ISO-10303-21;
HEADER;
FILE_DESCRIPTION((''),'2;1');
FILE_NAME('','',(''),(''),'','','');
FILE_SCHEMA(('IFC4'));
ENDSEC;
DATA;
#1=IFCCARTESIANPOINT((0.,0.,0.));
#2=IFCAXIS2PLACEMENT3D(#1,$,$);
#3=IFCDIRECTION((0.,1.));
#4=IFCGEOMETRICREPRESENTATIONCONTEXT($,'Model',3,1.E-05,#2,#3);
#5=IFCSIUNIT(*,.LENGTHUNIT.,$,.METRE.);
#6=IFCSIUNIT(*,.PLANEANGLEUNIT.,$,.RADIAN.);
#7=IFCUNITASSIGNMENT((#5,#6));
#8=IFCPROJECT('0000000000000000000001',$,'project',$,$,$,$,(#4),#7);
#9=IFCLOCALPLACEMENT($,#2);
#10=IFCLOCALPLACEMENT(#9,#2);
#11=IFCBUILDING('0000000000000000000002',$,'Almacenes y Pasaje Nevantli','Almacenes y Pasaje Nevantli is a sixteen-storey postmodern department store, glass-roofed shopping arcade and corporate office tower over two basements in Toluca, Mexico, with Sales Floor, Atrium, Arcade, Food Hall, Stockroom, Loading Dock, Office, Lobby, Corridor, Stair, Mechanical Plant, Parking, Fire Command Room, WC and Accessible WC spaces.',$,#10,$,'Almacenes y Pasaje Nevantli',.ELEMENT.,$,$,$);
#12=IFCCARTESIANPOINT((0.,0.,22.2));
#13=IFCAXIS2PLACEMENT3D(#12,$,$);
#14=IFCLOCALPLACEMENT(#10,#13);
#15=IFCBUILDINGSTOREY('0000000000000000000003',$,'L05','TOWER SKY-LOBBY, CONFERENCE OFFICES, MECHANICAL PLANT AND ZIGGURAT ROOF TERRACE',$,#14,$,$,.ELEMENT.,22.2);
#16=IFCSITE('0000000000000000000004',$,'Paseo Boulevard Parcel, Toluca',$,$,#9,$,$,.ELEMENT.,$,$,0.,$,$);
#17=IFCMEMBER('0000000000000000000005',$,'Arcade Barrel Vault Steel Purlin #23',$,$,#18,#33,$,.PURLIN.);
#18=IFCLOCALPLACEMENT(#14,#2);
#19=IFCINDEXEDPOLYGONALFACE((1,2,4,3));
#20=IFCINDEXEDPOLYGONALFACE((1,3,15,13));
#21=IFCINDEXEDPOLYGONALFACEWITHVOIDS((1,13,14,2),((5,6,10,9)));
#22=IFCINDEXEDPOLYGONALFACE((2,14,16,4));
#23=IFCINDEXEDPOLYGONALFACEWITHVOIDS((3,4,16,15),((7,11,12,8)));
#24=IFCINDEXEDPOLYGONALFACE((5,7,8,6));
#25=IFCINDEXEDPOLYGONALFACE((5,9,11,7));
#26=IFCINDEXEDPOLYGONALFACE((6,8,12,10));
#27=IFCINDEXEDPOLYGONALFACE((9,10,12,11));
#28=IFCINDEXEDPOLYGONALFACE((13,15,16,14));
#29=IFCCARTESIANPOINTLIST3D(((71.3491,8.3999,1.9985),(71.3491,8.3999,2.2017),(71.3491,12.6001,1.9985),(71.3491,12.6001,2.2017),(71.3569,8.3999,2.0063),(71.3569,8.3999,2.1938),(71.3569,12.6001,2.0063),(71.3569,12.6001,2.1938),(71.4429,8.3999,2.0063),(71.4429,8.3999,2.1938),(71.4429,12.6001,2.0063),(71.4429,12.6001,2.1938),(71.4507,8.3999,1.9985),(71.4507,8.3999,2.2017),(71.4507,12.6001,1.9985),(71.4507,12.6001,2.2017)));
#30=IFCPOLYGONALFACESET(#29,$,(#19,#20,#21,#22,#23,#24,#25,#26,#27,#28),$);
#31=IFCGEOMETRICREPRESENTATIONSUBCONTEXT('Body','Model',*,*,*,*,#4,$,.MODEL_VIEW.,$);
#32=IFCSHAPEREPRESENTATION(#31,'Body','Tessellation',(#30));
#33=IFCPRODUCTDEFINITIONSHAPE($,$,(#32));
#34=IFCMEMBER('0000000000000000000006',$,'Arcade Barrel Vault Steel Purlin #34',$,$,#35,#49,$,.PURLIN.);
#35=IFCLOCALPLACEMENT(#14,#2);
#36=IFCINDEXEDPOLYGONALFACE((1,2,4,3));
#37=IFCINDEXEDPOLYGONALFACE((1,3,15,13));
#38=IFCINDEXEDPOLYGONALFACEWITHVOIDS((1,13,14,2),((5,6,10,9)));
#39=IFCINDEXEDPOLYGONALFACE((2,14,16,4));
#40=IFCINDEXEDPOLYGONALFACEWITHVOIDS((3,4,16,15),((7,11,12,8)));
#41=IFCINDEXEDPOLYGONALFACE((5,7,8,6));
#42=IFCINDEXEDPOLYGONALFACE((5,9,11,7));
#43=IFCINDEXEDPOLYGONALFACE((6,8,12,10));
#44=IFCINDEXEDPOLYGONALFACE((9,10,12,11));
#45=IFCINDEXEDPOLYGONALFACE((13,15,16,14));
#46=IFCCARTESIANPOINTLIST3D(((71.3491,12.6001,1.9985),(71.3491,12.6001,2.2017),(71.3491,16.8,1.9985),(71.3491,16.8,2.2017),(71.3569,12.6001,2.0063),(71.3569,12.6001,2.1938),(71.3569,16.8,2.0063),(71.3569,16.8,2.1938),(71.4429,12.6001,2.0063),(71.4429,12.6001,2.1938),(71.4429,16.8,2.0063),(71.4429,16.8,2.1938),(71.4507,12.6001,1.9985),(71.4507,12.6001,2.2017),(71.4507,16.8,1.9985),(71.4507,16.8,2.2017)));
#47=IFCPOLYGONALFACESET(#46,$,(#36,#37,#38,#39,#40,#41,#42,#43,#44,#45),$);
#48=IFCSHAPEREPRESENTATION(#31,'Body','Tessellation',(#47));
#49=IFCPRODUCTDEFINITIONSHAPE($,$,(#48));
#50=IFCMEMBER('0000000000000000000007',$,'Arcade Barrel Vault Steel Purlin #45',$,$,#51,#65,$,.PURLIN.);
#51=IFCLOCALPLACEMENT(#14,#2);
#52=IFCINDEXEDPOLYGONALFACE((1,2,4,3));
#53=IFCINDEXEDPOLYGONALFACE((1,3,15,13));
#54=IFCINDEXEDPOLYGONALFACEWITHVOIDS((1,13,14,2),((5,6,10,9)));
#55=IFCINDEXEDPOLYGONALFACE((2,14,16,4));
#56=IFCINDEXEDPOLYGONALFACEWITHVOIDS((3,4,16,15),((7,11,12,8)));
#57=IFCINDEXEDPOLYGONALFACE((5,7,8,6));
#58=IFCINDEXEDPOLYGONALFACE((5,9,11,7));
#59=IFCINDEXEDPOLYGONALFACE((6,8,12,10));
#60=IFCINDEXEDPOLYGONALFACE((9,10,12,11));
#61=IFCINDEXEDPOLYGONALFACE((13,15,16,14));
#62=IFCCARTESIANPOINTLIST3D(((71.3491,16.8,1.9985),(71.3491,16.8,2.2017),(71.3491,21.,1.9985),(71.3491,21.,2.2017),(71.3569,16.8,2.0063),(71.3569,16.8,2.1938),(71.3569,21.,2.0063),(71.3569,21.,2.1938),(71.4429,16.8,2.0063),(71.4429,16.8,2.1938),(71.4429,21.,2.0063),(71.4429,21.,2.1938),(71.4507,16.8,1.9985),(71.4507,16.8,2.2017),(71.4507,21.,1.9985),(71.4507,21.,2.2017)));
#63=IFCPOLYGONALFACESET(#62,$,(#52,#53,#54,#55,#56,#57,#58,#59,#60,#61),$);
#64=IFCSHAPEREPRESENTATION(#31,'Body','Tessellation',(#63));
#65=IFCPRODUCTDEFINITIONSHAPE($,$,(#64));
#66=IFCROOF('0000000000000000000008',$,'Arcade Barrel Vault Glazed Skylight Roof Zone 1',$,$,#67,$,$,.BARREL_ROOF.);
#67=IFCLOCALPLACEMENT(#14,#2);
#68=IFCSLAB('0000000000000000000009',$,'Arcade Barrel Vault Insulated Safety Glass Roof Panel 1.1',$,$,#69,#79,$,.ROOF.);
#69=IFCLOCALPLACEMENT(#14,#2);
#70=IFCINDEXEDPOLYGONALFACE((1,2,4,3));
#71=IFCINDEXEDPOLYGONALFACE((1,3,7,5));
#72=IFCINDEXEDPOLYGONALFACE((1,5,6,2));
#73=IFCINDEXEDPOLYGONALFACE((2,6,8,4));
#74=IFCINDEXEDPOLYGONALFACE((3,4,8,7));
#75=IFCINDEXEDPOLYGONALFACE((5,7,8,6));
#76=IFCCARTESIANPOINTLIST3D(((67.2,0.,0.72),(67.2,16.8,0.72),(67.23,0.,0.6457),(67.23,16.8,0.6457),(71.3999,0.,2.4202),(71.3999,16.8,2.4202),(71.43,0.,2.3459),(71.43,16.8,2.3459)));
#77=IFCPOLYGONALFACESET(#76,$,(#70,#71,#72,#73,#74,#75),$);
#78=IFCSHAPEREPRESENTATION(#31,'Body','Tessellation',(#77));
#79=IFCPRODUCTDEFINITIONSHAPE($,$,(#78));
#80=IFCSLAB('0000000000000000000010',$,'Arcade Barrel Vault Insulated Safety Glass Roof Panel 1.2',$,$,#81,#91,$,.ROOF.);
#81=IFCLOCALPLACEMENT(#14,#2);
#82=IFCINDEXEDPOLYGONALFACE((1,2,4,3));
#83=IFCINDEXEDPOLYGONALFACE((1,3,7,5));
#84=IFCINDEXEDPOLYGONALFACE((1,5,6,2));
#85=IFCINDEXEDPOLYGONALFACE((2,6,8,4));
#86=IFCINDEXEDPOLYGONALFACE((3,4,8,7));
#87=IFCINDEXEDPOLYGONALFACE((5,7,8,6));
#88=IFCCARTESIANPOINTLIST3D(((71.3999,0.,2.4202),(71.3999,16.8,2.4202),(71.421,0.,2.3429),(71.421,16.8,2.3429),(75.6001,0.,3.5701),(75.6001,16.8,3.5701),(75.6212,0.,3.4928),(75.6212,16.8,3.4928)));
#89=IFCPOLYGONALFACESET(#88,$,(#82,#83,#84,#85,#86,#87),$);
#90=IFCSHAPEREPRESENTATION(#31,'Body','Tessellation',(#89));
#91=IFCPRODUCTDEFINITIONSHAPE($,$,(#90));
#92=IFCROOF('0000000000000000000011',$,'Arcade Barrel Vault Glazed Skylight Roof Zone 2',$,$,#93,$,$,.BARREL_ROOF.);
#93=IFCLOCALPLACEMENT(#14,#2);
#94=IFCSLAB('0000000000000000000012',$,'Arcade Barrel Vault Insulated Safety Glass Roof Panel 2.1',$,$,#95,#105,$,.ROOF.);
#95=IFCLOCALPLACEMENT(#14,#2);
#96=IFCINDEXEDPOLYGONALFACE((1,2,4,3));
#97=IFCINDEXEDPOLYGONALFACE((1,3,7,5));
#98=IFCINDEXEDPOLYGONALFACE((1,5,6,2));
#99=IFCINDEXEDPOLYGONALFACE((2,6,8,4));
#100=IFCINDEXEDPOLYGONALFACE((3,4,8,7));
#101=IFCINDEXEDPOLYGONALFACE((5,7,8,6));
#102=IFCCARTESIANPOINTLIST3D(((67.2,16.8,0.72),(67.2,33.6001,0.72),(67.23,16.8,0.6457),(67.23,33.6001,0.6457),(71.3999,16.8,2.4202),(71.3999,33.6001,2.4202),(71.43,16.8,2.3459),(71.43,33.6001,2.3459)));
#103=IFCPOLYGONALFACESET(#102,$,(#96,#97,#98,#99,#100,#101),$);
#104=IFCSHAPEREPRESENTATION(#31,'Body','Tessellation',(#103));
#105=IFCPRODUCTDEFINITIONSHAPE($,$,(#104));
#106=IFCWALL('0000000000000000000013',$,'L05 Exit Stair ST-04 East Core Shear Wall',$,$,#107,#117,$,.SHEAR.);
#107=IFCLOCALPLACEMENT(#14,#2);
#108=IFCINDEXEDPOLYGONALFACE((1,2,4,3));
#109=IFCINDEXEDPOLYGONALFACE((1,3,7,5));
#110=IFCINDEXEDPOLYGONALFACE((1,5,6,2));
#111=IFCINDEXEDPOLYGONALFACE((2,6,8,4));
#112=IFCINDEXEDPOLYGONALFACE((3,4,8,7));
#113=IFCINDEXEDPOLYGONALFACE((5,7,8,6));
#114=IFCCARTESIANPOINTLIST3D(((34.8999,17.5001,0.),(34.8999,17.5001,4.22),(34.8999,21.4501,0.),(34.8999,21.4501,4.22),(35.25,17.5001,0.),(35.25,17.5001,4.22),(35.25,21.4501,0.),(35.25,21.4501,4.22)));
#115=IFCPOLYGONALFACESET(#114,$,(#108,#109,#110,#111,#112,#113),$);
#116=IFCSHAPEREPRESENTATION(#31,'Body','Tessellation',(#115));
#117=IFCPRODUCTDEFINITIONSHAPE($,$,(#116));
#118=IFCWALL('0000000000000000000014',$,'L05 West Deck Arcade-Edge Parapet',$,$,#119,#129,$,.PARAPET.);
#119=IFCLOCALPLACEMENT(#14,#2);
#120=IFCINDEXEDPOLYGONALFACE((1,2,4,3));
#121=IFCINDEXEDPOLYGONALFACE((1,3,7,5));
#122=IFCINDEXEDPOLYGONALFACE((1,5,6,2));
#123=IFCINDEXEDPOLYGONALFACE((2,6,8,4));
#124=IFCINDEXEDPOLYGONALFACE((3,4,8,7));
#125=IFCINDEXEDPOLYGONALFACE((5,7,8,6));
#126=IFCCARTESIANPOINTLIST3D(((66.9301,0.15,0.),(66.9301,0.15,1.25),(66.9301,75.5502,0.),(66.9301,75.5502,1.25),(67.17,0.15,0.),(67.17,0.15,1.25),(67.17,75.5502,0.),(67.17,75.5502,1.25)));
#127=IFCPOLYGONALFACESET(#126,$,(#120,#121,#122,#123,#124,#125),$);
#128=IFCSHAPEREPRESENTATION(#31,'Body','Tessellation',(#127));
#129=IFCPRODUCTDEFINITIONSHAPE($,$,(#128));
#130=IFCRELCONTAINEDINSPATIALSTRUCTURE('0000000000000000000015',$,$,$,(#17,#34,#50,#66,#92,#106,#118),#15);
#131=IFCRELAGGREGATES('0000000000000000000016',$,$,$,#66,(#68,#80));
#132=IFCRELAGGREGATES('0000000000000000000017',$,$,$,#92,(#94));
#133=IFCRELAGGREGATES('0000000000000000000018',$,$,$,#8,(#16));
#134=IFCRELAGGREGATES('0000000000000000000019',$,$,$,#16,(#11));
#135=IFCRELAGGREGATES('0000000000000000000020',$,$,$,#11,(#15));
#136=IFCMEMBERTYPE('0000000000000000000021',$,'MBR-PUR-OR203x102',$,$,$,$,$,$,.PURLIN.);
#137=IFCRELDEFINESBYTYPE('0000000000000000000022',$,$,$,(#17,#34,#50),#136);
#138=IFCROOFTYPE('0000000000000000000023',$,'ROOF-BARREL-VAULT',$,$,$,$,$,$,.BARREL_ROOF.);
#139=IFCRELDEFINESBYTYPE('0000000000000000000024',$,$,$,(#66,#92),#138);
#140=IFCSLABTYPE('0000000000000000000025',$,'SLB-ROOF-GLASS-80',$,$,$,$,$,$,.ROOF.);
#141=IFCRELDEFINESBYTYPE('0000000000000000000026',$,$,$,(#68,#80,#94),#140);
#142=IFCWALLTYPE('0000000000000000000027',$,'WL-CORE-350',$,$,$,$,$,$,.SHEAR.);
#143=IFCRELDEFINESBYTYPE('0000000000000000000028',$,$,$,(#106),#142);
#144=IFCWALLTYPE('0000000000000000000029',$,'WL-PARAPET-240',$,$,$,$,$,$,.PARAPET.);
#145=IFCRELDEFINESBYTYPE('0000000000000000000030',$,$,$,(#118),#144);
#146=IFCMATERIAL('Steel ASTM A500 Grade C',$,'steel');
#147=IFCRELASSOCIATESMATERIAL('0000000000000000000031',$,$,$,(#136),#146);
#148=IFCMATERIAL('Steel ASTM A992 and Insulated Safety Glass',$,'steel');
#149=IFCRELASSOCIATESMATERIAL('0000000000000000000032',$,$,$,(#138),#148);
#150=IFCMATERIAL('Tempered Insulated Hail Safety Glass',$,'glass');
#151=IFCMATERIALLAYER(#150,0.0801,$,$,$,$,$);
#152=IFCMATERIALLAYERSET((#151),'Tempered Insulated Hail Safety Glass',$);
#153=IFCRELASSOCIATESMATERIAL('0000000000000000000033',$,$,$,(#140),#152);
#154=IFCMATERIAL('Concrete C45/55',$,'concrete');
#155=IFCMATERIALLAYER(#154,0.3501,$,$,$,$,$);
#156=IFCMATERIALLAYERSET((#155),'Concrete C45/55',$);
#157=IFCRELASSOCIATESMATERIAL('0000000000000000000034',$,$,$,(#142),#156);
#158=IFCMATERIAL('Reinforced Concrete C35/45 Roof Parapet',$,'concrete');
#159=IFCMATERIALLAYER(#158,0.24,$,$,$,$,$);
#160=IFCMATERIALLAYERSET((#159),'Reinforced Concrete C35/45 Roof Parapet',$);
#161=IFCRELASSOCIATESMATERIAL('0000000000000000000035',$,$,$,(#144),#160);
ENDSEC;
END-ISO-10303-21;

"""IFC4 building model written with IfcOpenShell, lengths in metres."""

from ifc_helpers import new_model, si_unit, direction, frame, frame_2d, origin, origin_2d, place, context, subcontext, project, spatial, polyline, rectangle, hollow_rectangle, outline, extrude, material, layer, layer_set, material_profile, profile_set, type_object, element, aggregate, save


model = new_model("IFC4")

# Units and contexts
model_context = context("Model", 3, precision=1e-05, world=origin(), true_north=direction((0.0, 1.0)))
body_context = subcontext(model_context, "Body", "Model", "MODEL_VIEW")
ifc_project = project(units=[si_unit("LENGTHUNIT", "METRE"), si_unit("PLANEANGLEUNIT", "RADIAN")], contexts=[model_context])

# Site, building, storey
site_placement = place(None, origin())
site = spatial("IfcSite", under=ifc_project, at=site_placement, Name="Paseo Boulevard Parcel, Toluca", CompositionType="ELEMENT", RefElevation=0.0)
building_placement = place(site_placement, origin())
building = spatial("IfcBuilding", under=site, at=building_placement, Name="Almacenes y Pasaje Nevantli", Description="Almacenes y Pasaje Nevantli is a sixteen-storey postmodern department store, glass-roofed shopping arcade and corporate office tower over two basements in Toluca, Mexico, with Sales Floor, Atrium, Arcade, Food Hall, Stockroom, Loading Dock, Office, Lobby, Corridor, Stair, Mechanical Plant, Parking, Fire Command Room, WC and Accessible WC spaces.", LongName="Almacenes y Pasaje Nevantli", CompositionType="ELEMENT")
storey_placement = place(building_placement, frame((0.0, 0.0, 22.2)))
storey = spatial("IfcBuildingStorey", under=building, at=storey_placement, Name="L05", Description="TOWER SKY-LOBBY, CONFERENCE OFFICES, MECHANICAL PLANT AND ZIGGURAT ROOF TERRACE", CompositionType="ELEMENT", Elevation=22.2)

# Members
ifc_material_1 = material(Name="Steel ASTM A500 Grade C", Category="steel")
ifc_material_profile_1 = material_profile(ifc_material_1, hollow_rectangle(XDim=0.1016, YDim=0.2031, WallThickness=0.0078, at=origin_2d()), Name="OR 203x102x7.9")
ifc_profile_set_1 = profile_set([ifc_material_profile_1], Name="Steel ASTM A500 Grade C")
member_type_1 = type_object("IfcMemberType", Name="MBR-PUR-OR203x102", PredefinedType="PURLIN", material=ifc_profile_set_1)
member_1_placement = place(storey_placement, frame((71.3999, 8.3999, 2.1001), z_axis=(0.0, 1.0, 0.0), x_axis=(-1.0, 0.0, 0.0)))
element("IfcMember", 1, at=member_1_placement, inside=storey, type_object=member_type_1, Name="Arcade Barrel Vault Steel Purlin #23", PredefinedType="PURLIN", context=body_context, shape_type="SweptSolid", body=[
    extrude(hollow_rectangle(XDim=0.1016, YDim=0.2031, WallThickness=0.0078, at=origin_2d()), origin(), (0.0, 0.0, 1.0), 4.2002),
])
for number, where, z_axis, x_axis, name in (
    (2, (71.3999, 12.6001, 2.1001), (0.0, 1.0, 0.0), (-1.0, 0.0, 0.0), "Arcade Barrel Vault Steel Purlin #34"),
    (3, (71.3999, 16.8, 2.1001), (0.0, 1.0, 0.0), (-1.0, 0.0, 0.0), "Arcade Barrel Vault Steel Purlin #45"),
):
    element("IfcMember", number, at=place(storey_placement, frame(where, z_axis=z_axis, x_axis=x_axis)), inside=storey, type_object=member_type_1, Name=name, PredefinedType="PURLIN", context=body_context, shape_type="SweptSolid", body=[
        extrude(hollow_rectangle(XDim=0.1016, YDim=0.2031, WallThickness=0.0078, at=origin_2d()), origin(), (0.0, 0.0, 1.0), 4.2),
    ])

# Roof, slabs
ifc_material_2 = material(Name="Steel ASTM A992 and Insulated Safety Glass", Category="steel")
roof_type = type_object("IfcRoofType", Name="ROOF-BARREL-VAULT", PredefinedType="BARREL_ROOF", material=ifc_material_2)
roof_1_placement = place(storey_placement, origin())
roof_1 = element("IfcRoof", 4, at=roof_1_placement, inside=storey, type_object=roof_type, Name="Arcade Barrel Vault Glazed Skylight Roof Zone 1", PredefinedType="BARREL_ROOF")
ifc_material_3 = material(Name="Tempered Insulated Hail Safety Glass", Category="glass")
ifc_layer_1 = layer(ifc_material_3, 0.0801)
ifc_layer_set_1 = layer_set([ifc_layer_1], Name="Tempered Insulated Hail Safety Glass")
slab_type = type_object("IfcSlabType", Name="SLB-ROOF-GLASS-80", PredefinedType="ROOF", material=ifc_layer_set_1)
slab_1_placement = place(storey_placement, frame((67.2, 0.0, 0.72), z_axis=(-0.375234, 0.0, 0.92693), x_axis=(0.92693, 0.0, 0.375234)))
slab_1 = element("IfcSlab", 5, at=slab_1_placement, type_object=slab_type, Name="Arcade Barrel Vault Insulated Safety Glass Roof Panel 1.1", PredefinedType="ROOF", context=body_context, shape_type="SweptSolid", body=[
    extrude(outline(polyline([(0.0, 0.0), (4.531, 0.0), (4.531, 16.8), (0.0, 16.8), (0.0, 0.0)])), origin(), (0.0, 0.0, -1.0), 0.0801),
])
slab_2_placement = place(storey_placement, frame((71.3999, 0.0, 2.4202), z_axis=(-0.264057, 0.0, 0.964507), x_axis=(0.964507, 0.0, 0.264057)))
slab_2 = element("IfcSlab", 6, at=slab_2_placement, type_object=slab_type, Name="Arcade Barrel Vault Insulated Safety Glass Roof Panel 1.2", PredefinedType="ROOF", context=body_context, shape_type="SweptSolid", body=[
    extrude(outline(polyline([(0.0, 0.0), (4.3548, 0.0), (4.3548, 16.8), (0.0, 16.8), (0.0, 0.0)])), origin(), (0.0, 0.0, -1.0), 0.0801),
])
aggregate(roof_1, [slab_1, slab_2])

# Roof, slab
roof_2_placement = place(storey_placement, origin())
roof_2 = element("IfcRoof", 7, at=roof_2_placement, inside=storey, type_object=roof_type, Name="Arcade Barrel Vault Glazed Skylight Roof Zone 2", PredefinedType="BARREL_ROOF")
slab_3_placement = place(storey_placement, frame((67.2, 16.8, 0.72), z_axis=(-0.375234, 0.0, 0.92693), x_axis=(0.92693, 0.0, 0.375234)))
slab_3 = element("IfcSlab", 8, at=slab_3_placement, type_object=slab_type, Name="Arcade Barrel Vault Insulated Safety Glass Roof Panel 2.1", PredefinedType="ROOF", context=body_context, shape_type="SweptSolid", body=[
    extrude(outline(polyline([(0.0, 0.0), (4.531, 0.0), (4.531, 16.8), (0.0, 16.8), (0.0, 0.0)])), origin(), (0.0, 0.0, -1.0), 0.0801),
])
aggregate(roof_2, [slab_3])

# Walls
ifc_material_4 = material(Name="Concrete C45/55", Category="concrete")
ifc_layer_2 = layer(ifc_material_4, 0.3501)
ifc_layer_set_2 = layer_set([ifc_layer_2], Name="Concrete C45/55")
wall_type_1 = type_object("IfcWallType", Name="WL-CORE-350", PredefinedType="SHEAR", material=ifc_layer_set_2)
wall_1_placement = place(storey_placement, frame((35.075, 17.5, 0.0), z_axis=(0.0, 0.0, 1.0), x_axis=(0.0, 1.0, 0.0)))
element("IfcWall", 9, at=wall_1_placement, inside=storey, type_object=wall_type_1, Name="L05 Exit Stair ST-04 East Core Shear Wall", PredefinedType="SHEAR", context=body_context, shape_type="SweptSolid", body=[
    extrude(rectangle(XDim=3.95, YDim=0.3501, at=frame_2d((1.9751, 0.0))), origin(), (0.0, 0.0, 1.0), 4.22),
])
ifc_material_5 = material(Name="Reinforced Concrete C35/45 Roof Parapet", Category="concrete")
ifc_layer_3 = layer(ifc_material_5, 0.24)
ifc_layer_set_3 = layer_set([ifc_layer_3], Name="Reinforced Concrete C35/45 Roof Parapet")
wall_type_2 = type_object("IfcWallType", Name="WL-PARAPET-240", PredefinedType="PARAPET", material=ifc_layer_set_3)
wall_2_placement = place(storey_placement, frame((67.05, 0.1499, 0.0), z_axis=(0.0, 0.0, 1.0), x_axis=(0.0, 1.0, 0.0)))
element("IfcWall", 10, at=wall_2_placement, inside=storey, type_object=wall_type_2, Name="L05 West Deck Arcade-Edge Parapet", PredefinedType="PARAPET", context=body_context, shape_type="SweptSolid", body=[
    extrude(rectangle(XDim=75.4001, YDim=0.24, at=frame_2d((37.7002, 0.0))), origin(), (0.0, 0.0, 1.0), 1.25),
])

save(model, "model.ifc")
